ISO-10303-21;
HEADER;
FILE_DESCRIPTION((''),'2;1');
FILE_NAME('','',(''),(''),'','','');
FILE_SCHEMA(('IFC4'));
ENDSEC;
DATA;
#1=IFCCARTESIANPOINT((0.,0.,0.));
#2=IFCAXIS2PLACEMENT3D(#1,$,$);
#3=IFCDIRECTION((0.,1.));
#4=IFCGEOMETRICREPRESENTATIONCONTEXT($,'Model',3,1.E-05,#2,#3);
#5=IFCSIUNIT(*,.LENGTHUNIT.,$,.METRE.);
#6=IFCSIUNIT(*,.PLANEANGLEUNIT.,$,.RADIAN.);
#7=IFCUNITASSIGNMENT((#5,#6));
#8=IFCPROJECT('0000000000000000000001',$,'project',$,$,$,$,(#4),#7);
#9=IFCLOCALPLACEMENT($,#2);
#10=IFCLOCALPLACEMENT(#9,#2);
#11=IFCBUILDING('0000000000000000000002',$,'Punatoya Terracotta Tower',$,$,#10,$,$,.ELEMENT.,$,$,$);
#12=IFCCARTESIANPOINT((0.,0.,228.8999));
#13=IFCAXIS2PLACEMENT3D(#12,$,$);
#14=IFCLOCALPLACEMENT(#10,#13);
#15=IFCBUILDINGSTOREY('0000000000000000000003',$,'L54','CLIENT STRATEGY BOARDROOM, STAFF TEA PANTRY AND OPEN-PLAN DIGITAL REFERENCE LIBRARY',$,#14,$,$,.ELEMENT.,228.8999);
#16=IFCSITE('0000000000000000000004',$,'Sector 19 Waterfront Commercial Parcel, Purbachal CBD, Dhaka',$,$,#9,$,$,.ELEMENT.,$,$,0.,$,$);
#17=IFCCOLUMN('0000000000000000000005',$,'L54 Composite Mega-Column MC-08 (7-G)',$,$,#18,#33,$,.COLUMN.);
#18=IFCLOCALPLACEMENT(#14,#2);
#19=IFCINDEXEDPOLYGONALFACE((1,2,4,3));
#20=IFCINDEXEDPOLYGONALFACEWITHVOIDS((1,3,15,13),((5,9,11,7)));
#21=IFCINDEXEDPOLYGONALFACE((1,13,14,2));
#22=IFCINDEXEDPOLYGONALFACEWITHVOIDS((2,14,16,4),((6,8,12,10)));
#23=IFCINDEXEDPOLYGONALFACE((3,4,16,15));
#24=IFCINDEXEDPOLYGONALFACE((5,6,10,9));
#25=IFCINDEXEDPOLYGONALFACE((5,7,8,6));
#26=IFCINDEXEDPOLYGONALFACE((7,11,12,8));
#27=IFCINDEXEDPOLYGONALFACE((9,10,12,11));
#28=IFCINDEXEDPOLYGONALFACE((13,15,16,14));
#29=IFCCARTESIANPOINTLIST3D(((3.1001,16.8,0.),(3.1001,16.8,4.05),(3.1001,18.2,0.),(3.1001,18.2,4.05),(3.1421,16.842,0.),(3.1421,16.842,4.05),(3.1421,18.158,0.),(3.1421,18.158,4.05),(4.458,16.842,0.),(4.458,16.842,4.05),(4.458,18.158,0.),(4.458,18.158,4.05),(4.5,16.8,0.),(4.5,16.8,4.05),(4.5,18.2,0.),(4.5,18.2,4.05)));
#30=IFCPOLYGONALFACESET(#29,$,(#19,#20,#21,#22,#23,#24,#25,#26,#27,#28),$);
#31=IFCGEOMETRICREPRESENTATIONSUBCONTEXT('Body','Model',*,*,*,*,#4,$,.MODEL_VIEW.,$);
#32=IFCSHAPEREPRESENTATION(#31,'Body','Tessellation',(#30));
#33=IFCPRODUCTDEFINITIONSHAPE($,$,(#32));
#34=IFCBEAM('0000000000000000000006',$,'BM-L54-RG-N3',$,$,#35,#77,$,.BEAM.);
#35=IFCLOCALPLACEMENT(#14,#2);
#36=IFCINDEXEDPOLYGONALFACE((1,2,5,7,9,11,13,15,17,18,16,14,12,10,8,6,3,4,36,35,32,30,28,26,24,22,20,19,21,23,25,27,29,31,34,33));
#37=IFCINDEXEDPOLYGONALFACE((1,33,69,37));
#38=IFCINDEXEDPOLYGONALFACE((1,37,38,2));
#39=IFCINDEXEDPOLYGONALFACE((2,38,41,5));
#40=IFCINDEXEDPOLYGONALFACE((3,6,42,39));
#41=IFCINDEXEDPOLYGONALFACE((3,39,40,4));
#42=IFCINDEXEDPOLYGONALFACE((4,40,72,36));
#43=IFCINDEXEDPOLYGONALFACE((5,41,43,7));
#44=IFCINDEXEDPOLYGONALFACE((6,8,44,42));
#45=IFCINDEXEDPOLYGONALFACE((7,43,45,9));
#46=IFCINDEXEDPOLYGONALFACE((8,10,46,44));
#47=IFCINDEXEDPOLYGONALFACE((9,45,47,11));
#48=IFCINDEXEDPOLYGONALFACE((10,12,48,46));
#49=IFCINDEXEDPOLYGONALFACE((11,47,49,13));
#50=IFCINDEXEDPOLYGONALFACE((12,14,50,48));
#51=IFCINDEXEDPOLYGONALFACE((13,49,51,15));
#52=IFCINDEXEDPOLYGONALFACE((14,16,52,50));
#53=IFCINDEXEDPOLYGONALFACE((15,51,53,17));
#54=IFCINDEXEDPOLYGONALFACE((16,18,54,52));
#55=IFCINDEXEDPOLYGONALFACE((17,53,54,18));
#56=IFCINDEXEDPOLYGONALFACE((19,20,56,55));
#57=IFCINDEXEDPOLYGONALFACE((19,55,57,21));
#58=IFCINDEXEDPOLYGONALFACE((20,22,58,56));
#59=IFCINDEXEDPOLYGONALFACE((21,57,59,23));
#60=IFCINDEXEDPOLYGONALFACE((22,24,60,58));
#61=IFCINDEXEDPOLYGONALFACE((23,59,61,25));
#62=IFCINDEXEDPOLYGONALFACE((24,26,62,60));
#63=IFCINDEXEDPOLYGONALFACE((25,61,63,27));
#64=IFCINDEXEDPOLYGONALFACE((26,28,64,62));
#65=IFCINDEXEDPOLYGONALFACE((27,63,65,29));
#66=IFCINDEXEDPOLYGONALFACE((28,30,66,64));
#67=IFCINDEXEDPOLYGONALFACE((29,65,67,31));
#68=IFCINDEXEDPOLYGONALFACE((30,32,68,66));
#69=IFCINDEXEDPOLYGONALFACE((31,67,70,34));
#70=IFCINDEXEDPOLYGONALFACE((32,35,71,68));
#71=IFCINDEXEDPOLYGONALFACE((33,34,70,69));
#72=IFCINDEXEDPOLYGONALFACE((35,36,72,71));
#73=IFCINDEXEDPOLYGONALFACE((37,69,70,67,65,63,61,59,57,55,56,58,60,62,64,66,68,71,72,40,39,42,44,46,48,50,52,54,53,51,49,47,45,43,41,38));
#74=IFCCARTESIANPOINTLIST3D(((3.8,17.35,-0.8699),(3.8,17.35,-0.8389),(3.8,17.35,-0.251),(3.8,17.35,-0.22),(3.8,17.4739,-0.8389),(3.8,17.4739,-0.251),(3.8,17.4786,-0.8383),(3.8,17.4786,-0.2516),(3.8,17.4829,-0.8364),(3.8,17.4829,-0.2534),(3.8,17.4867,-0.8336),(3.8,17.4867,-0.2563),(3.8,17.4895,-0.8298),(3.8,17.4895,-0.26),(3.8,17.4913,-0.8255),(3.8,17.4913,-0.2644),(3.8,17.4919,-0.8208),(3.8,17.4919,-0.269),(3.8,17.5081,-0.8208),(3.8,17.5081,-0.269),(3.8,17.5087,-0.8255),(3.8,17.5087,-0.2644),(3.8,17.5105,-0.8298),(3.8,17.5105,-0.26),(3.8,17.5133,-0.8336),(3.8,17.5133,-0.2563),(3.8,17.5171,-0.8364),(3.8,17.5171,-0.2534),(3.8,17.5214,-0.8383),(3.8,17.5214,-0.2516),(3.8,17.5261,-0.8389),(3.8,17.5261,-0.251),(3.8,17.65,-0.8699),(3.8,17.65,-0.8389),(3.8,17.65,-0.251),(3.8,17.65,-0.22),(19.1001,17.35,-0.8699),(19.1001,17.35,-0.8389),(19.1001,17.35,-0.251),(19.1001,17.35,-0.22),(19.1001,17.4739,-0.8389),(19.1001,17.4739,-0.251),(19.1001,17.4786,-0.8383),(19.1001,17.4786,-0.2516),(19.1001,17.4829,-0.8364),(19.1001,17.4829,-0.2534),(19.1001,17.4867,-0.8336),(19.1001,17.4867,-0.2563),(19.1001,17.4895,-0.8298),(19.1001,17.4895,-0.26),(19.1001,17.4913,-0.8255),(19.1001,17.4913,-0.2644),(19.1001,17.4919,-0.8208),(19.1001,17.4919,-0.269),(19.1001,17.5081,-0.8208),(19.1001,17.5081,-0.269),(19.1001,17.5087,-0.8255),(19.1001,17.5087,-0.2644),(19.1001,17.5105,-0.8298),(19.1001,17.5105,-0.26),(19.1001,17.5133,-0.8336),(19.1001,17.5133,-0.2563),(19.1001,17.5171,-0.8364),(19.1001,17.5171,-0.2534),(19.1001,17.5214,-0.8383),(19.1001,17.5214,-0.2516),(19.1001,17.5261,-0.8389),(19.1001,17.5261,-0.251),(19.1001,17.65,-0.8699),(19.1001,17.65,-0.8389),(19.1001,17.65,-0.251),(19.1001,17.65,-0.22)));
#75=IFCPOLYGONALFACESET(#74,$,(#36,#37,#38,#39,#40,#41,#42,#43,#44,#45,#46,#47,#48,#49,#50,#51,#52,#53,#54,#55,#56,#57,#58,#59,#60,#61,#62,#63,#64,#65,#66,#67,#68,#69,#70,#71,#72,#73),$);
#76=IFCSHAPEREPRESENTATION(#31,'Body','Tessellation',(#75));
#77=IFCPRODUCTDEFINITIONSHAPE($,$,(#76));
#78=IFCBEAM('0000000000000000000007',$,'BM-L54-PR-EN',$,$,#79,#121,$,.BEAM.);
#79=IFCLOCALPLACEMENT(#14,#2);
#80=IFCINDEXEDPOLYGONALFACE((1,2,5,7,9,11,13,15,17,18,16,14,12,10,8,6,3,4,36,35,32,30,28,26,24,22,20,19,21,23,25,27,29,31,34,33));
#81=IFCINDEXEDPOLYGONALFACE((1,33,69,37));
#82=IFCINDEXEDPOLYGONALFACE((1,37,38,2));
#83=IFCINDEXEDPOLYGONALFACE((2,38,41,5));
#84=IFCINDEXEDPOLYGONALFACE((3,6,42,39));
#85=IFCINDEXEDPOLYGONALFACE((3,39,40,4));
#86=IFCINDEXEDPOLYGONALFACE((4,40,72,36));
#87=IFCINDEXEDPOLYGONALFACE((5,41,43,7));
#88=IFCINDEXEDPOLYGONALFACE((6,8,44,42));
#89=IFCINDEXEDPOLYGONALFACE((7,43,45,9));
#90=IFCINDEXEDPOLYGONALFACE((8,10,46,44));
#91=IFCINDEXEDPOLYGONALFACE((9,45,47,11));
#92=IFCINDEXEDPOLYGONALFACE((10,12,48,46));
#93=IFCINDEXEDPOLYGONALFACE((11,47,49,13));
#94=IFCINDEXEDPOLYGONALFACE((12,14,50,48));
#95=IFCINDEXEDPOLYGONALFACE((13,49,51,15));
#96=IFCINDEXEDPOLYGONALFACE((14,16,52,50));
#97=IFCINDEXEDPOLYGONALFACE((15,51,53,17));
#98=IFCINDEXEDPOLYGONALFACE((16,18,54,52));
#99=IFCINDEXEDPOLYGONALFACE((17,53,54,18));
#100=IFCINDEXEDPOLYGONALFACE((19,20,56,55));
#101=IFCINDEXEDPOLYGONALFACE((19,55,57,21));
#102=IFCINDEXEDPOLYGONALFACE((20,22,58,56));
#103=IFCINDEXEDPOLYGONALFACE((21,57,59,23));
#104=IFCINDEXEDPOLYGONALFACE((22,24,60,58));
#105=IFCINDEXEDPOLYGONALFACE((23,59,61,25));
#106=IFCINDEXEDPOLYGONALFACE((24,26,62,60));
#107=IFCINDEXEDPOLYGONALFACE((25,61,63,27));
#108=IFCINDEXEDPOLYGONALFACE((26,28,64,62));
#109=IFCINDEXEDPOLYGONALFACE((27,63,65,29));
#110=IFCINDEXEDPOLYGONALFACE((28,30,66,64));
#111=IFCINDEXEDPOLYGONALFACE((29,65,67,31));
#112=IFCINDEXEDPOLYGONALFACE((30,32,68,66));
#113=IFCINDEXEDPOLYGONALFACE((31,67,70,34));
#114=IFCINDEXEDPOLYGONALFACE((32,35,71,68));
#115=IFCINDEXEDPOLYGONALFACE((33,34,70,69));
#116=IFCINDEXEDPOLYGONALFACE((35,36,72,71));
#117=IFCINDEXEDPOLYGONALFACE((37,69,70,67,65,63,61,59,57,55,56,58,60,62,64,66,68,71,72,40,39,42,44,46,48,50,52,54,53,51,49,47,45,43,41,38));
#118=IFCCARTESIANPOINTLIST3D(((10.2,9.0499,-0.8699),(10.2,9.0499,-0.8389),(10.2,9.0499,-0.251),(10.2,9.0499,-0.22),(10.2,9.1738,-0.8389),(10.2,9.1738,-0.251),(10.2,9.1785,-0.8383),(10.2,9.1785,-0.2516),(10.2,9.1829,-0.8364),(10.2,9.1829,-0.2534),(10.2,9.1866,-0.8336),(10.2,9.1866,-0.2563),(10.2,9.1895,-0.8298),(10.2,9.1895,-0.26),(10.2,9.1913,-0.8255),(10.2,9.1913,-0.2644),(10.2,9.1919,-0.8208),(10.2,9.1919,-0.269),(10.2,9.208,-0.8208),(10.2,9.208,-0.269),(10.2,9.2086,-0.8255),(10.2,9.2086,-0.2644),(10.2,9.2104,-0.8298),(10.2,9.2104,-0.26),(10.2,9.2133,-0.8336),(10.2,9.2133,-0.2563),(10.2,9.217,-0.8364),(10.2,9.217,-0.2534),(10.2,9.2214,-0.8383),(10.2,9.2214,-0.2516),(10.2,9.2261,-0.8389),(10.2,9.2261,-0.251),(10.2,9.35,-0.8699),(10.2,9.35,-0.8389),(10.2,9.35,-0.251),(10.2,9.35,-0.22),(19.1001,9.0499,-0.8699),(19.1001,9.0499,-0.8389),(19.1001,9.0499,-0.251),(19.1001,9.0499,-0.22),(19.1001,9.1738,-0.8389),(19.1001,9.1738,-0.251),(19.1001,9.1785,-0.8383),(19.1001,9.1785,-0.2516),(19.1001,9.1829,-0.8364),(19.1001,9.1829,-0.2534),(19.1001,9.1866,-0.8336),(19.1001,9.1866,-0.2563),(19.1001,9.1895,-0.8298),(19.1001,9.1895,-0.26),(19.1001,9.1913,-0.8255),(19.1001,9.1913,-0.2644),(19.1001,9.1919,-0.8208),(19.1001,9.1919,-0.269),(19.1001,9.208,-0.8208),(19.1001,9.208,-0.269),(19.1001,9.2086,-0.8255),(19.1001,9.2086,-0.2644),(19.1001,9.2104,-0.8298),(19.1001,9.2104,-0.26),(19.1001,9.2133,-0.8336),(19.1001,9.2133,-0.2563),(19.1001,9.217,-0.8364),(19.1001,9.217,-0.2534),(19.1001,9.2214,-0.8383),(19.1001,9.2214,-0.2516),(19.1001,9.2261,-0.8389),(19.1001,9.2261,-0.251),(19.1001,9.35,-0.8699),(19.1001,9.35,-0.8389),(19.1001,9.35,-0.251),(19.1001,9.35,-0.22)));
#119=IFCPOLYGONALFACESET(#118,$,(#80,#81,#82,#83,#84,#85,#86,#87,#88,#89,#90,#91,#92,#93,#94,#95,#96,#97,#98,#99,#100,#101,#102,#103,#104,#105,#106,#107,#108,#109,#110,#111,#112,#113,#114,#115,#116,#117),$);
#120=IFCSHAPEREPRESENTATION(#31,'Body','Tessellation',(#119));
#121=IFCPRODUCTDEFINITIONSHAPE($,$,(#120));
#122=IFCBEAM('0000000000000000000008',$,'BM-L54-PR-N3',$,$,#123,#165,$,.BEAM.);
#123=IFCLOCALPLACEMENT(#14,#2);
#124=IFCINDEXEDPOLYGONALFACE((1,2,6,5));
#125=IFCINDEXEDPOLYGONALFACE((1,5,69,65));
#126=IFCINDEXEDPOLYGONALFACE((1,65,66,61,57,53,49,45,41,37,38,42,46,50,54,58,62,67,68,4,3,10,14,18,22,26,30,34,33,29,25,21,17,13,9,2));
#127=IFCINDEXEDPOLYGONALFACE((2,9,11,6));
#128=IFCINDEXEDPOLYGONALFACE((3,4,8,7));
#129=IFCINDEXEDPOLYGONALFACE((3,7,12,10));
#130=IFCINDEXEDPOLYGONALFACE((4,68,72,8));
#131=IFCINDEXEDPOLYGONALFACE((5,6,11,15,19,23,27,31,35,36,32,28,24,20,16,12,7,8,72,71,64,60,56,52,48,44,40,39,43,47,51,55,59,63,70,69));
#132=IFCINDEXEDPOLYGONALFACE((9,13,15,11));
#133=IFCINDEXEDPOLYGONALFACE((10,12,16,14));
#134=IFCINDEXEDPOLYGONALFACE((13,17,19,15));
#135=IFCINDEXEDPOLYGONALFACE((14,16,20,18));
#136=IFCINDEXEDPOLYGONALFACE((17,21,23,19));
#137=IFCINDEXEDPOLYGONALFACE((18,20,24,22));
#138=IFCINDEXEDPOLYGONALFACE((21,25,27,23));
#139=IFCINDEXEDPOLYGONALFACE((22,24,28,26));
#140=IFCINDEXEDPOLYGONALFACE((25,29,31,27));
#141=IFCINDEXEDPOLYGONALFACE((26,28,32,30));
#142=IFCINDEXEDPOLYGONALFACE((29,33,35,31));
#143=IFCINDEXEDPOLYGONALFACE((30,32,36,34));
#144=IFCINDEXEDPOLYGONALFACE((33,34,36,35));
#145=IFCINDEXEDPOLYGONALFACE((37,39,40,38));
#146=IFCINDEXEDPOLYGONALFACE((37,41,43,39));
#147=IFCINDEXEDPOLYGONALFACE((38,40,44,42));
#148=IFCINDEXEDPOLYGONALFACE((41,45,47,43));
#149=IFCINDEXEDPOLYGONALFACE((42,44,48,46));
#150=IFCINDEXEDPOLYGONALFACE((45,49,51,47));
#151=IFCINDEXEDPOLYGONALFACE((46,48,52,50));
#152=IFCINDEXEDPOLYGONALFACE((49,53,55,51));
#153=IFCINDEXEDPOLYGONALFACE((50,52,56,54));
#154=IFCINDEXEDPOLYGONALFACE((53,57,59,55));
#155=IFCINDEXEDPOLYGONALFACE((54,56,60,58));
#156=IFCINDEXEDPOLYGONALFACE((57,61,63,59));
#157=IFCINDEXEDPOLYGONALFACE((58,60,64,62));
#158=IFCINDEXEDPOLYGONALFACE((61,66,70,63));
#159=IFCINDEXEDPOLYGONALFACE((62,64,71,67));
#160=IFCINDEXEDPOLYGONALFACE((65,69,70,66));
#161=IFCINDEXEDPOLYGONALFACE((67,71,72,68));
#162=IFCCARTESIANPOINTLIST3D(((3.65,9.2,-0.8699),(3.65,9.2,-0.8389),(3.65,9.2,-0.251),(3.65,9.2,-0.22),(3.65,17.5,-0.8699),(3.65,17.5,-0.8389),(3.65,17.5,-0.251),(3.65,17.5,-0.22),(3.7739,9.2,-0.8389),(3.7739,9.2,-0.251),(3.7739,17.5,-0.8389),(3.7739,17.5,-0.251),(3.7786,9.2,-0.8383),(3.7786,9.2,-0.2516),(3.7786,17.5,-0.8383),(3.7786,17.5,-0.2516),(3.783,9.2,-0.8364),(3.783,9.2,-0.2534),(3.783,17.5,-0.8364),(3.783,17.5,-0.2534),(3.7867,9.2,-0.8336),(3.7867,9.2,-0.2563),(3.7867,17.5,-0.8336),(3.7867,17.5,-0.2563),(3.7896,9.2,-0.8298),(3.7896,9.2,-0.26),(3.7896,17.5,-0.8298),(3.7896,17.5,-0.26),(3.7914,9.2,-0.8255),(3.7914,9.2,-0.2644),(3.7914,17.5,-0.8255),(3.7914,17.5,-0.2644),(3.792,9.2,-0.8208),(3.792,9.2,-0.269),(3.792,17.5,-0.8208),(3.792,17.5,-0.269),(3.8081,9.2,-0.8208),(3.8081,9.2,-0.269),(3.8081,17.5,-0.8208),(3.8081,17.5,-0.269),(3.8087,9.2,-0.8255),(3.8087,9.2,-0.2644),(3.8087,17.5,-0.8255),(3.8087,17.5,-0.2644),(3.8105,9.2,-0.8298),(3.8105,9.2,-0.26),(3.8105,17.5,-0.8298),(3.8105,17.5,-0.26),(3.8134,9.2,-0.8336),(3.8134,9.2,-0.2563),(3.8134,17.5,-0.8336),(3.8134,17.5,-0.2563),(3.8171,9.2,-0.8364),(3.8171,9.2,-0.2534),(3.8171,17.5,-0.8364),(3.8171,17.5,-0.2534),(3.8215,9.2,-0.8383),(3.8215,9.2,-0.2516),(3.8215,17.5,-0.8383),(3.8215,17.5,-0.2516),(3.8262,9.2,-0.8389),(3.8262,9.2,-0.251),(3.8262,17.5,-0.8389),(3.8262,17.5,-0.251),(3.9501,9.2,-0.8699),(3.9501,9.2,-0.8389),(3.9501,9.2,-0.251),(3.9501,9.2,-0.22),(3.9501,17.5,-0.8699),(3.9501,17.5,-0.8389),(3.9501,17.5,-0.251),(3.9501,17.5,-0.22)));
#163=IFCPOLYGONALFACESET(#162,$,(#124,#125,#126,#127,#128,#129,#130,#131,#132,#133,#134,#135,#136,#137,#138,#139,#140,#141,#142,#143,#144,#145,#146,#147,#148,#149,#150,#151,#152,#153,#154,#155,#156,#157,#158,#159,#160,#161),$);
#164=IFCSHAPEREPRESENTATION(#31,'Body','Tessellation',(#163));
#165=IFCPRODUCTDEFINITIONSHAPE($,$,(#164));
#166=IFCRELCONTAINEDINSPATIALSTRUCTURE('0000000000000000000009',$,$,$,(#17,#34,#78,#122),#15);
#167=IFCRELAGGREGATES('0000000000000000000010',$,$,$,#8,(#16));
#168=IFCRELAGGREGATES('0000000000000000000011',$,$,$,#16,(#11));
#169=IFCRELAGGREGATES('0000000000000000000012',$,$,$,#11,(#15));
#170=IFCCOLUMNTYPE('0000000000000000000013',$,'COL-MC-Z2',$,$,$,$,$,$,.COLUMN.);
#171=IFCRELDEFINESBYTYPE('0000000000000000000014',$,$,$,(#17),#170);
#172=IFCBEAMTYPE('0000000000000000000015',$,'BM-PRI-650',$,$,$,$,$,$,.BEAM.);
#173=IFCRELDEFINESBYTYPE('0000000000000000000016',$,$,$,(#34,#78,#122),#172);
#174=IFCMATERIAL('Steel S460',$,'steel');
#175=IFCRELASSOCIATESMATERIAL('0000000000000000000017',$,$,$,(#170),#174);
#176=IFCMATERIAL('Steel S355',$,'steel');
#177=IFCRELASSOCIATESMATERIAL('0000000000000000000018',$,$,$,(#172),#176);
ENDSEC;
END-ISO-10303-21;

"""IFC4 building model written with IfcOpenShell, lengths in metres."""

from ifc_helpers import new_model, si_unit, direction, frame, origin, origin_2d, place, context, subcontext, project, spatial, hollow_rectangle, i_section, extrude, material, material_profile, profile_set, type_object, element, save


model = new_model("IFC4")

# Units and contexts
model_context = context("Model", 3, precision=1e-05, world=origin(), true_north=direction((0.0, 1.0)))
body_context = subcontext(model_context, "Body", "Model", "MODEL_VIEW")
ifc_project = project(units=[si_unit("LENGTHUNIT", "METRE"), si_unit("PLANEANGLEUNIT", "RADIAN")], contexts=[model_context])

# Site, building, storey
site_placement = place(None, origin())
site = spatial("IfcSite", under=ifc_project, at=site_placement, Name="Sector 19 Waterfront Commercial Parcel, Purbachal CBD, Dhaka", CompositionType="ELEMENT", RefElevation=0.0)
building_placement = place(site_placement, origin())
building = spatial("IfcBuilding", under=site, at=building_placement, Name="Punatoya Terracotta Tower", CompositionType="ELEMENT")
storey_placement = place(building_placement, frame((0.0, 0.0, 228.8999)))
storey = spatial("IfcBuildingStorey", under=building, at=storey_placement, Name="L54", Description="CLIENT STRATEGY BOARDROOM, STAFF TEA PANTRY AND OPEN-PLAN DIGITAL REFERENCE LIBRARY", CompositionType="ELEMENT", Elevation=228.8999)

# Column
ifc_material_1 = material(Name="Steel S460", Category="steel")
ifc_material_profile_1 = material_profile(ifc_material_1, hollow_rectangle(XDim=1.3999, YDim=1.3999, WallThickness=0.042, at=origin_2d()))
ifc_profile_set_1 = profile_set([ifc_material_profile_1], Name="Steel S460")
column_type = type_object("IfcColumnType", Name="COL-MC-Z2", PredefinedType="COLUMN", material=ifc_profile_set_1)
column_placement = place(storey_placement, frame((3.8, 17.5, 0.0), z_axis=(0.0, 0.0, 1.0), x_axis=(1.0, 0.0, 0.0)))
element("IfcColumn", 1, at=column_placement, inside=storey, type_object=column_type, Name="L54 Composite Mega-Column MC-08 (7-G)", PredefinedType="COLUMN", context=body_context, shape_type="SweptSolid", body=[
    extrude(hollow_rectangle(XDim=1.3999, YDim=1.3999, WallThickness=0.042, at=origin_2d()), origin(), (0.0, 0.0, 1.0), 4.05),
])

# Beams
ifc_material_2 = material(Name="Steel S355", Category="steel")
ifc_material_profile_2 = material_profile(ifc_material_2, i_section(OverallWidth=0.3, OverallDepth=0.6499, WebThickness=0.0161, FlangeThickness=0.031, FilletRadius=0.0181, at=origin_2d()))
ifc_profile_set_2 = profile_set([ifc_material_profile_2], Name="Steel S355")
beam_type_1 = type_object("IfcBeamType", Name="BM-PRI-650", PredefinedType="BEAM", material=ifc_profile_set_2)
beam_1_placement = place(storey_placement, frame((3.8, 17.5, -0.5449), z_axis=(1.0, 0.0, 0.0), x_axis=(0.0, 1.0, 0.0)))
element("IfcBeam", 2, at=beam_1_placement, inside=storey, type_object=beam_type_1, Name="BM-L54-RG-N3", PredefinedType="BEAM", context=body_context, shape_type="SweptSolid", body=[
    extrude(i_section(OverallWidth=0.3, OverallDepth=0.6499, WebThickness=0.0161, FlangeThickness=0.031, FilletRadius=0.0181, at=origin_2d()), origin(), (0.0, 0.0, 1.0), 15.3),
])
beam_2_placement = place(storey_placement, frame((10.2, 9.2, -0.5449), z_axis=(1.0, 0.0, 0.0), x_axis=(0.0, 1.0, 0.0)))
element("IfcBeam", 3, at=beam_2_placement, inside=storey, type_object=beam_type_1, Name="BM-L54-PR-EN", PredefinedType="BEAM", context=body_context, shape_type="SweptSolid", body=[
    extrude(i_section(OverallWidth=0.3, OverallDepth=0.6499, WebThickness=0.0161, FlangeThickness=0.031, FilletRadius=0.0181, at=origin_2d()), origin(), (0.0, 0.0, 1.0), 8.9001),
])
for number, where, z_axis, x_axis, name in (
    (4, (3.8, 9.2, -0.5449), (0.0, 1.0, 0.0), (-1.0, 0.0, 0.0), "BM-L54-PR-N3"),
):
    element("IfcBeam", number, at=place(storey_placement, frame(where, z_axis=z_axis, x_axis=x_axis)), inside=storey, type_object=beam_type_1, Name=name, PredefinedType="BEAM", context=body_context, shape_type="SweptSolid", body=[
        extrude(i_section(OverallWidth=0.3, OverallDepth=0.6499, WebThickness=0.0161, FlangeThickness=0.031, FilletRadius=0.0181, at=origin_2d()), origin(), (0.0, 0.0, 1.0), 8.3),
    ])

save(model, "model.ifc")
